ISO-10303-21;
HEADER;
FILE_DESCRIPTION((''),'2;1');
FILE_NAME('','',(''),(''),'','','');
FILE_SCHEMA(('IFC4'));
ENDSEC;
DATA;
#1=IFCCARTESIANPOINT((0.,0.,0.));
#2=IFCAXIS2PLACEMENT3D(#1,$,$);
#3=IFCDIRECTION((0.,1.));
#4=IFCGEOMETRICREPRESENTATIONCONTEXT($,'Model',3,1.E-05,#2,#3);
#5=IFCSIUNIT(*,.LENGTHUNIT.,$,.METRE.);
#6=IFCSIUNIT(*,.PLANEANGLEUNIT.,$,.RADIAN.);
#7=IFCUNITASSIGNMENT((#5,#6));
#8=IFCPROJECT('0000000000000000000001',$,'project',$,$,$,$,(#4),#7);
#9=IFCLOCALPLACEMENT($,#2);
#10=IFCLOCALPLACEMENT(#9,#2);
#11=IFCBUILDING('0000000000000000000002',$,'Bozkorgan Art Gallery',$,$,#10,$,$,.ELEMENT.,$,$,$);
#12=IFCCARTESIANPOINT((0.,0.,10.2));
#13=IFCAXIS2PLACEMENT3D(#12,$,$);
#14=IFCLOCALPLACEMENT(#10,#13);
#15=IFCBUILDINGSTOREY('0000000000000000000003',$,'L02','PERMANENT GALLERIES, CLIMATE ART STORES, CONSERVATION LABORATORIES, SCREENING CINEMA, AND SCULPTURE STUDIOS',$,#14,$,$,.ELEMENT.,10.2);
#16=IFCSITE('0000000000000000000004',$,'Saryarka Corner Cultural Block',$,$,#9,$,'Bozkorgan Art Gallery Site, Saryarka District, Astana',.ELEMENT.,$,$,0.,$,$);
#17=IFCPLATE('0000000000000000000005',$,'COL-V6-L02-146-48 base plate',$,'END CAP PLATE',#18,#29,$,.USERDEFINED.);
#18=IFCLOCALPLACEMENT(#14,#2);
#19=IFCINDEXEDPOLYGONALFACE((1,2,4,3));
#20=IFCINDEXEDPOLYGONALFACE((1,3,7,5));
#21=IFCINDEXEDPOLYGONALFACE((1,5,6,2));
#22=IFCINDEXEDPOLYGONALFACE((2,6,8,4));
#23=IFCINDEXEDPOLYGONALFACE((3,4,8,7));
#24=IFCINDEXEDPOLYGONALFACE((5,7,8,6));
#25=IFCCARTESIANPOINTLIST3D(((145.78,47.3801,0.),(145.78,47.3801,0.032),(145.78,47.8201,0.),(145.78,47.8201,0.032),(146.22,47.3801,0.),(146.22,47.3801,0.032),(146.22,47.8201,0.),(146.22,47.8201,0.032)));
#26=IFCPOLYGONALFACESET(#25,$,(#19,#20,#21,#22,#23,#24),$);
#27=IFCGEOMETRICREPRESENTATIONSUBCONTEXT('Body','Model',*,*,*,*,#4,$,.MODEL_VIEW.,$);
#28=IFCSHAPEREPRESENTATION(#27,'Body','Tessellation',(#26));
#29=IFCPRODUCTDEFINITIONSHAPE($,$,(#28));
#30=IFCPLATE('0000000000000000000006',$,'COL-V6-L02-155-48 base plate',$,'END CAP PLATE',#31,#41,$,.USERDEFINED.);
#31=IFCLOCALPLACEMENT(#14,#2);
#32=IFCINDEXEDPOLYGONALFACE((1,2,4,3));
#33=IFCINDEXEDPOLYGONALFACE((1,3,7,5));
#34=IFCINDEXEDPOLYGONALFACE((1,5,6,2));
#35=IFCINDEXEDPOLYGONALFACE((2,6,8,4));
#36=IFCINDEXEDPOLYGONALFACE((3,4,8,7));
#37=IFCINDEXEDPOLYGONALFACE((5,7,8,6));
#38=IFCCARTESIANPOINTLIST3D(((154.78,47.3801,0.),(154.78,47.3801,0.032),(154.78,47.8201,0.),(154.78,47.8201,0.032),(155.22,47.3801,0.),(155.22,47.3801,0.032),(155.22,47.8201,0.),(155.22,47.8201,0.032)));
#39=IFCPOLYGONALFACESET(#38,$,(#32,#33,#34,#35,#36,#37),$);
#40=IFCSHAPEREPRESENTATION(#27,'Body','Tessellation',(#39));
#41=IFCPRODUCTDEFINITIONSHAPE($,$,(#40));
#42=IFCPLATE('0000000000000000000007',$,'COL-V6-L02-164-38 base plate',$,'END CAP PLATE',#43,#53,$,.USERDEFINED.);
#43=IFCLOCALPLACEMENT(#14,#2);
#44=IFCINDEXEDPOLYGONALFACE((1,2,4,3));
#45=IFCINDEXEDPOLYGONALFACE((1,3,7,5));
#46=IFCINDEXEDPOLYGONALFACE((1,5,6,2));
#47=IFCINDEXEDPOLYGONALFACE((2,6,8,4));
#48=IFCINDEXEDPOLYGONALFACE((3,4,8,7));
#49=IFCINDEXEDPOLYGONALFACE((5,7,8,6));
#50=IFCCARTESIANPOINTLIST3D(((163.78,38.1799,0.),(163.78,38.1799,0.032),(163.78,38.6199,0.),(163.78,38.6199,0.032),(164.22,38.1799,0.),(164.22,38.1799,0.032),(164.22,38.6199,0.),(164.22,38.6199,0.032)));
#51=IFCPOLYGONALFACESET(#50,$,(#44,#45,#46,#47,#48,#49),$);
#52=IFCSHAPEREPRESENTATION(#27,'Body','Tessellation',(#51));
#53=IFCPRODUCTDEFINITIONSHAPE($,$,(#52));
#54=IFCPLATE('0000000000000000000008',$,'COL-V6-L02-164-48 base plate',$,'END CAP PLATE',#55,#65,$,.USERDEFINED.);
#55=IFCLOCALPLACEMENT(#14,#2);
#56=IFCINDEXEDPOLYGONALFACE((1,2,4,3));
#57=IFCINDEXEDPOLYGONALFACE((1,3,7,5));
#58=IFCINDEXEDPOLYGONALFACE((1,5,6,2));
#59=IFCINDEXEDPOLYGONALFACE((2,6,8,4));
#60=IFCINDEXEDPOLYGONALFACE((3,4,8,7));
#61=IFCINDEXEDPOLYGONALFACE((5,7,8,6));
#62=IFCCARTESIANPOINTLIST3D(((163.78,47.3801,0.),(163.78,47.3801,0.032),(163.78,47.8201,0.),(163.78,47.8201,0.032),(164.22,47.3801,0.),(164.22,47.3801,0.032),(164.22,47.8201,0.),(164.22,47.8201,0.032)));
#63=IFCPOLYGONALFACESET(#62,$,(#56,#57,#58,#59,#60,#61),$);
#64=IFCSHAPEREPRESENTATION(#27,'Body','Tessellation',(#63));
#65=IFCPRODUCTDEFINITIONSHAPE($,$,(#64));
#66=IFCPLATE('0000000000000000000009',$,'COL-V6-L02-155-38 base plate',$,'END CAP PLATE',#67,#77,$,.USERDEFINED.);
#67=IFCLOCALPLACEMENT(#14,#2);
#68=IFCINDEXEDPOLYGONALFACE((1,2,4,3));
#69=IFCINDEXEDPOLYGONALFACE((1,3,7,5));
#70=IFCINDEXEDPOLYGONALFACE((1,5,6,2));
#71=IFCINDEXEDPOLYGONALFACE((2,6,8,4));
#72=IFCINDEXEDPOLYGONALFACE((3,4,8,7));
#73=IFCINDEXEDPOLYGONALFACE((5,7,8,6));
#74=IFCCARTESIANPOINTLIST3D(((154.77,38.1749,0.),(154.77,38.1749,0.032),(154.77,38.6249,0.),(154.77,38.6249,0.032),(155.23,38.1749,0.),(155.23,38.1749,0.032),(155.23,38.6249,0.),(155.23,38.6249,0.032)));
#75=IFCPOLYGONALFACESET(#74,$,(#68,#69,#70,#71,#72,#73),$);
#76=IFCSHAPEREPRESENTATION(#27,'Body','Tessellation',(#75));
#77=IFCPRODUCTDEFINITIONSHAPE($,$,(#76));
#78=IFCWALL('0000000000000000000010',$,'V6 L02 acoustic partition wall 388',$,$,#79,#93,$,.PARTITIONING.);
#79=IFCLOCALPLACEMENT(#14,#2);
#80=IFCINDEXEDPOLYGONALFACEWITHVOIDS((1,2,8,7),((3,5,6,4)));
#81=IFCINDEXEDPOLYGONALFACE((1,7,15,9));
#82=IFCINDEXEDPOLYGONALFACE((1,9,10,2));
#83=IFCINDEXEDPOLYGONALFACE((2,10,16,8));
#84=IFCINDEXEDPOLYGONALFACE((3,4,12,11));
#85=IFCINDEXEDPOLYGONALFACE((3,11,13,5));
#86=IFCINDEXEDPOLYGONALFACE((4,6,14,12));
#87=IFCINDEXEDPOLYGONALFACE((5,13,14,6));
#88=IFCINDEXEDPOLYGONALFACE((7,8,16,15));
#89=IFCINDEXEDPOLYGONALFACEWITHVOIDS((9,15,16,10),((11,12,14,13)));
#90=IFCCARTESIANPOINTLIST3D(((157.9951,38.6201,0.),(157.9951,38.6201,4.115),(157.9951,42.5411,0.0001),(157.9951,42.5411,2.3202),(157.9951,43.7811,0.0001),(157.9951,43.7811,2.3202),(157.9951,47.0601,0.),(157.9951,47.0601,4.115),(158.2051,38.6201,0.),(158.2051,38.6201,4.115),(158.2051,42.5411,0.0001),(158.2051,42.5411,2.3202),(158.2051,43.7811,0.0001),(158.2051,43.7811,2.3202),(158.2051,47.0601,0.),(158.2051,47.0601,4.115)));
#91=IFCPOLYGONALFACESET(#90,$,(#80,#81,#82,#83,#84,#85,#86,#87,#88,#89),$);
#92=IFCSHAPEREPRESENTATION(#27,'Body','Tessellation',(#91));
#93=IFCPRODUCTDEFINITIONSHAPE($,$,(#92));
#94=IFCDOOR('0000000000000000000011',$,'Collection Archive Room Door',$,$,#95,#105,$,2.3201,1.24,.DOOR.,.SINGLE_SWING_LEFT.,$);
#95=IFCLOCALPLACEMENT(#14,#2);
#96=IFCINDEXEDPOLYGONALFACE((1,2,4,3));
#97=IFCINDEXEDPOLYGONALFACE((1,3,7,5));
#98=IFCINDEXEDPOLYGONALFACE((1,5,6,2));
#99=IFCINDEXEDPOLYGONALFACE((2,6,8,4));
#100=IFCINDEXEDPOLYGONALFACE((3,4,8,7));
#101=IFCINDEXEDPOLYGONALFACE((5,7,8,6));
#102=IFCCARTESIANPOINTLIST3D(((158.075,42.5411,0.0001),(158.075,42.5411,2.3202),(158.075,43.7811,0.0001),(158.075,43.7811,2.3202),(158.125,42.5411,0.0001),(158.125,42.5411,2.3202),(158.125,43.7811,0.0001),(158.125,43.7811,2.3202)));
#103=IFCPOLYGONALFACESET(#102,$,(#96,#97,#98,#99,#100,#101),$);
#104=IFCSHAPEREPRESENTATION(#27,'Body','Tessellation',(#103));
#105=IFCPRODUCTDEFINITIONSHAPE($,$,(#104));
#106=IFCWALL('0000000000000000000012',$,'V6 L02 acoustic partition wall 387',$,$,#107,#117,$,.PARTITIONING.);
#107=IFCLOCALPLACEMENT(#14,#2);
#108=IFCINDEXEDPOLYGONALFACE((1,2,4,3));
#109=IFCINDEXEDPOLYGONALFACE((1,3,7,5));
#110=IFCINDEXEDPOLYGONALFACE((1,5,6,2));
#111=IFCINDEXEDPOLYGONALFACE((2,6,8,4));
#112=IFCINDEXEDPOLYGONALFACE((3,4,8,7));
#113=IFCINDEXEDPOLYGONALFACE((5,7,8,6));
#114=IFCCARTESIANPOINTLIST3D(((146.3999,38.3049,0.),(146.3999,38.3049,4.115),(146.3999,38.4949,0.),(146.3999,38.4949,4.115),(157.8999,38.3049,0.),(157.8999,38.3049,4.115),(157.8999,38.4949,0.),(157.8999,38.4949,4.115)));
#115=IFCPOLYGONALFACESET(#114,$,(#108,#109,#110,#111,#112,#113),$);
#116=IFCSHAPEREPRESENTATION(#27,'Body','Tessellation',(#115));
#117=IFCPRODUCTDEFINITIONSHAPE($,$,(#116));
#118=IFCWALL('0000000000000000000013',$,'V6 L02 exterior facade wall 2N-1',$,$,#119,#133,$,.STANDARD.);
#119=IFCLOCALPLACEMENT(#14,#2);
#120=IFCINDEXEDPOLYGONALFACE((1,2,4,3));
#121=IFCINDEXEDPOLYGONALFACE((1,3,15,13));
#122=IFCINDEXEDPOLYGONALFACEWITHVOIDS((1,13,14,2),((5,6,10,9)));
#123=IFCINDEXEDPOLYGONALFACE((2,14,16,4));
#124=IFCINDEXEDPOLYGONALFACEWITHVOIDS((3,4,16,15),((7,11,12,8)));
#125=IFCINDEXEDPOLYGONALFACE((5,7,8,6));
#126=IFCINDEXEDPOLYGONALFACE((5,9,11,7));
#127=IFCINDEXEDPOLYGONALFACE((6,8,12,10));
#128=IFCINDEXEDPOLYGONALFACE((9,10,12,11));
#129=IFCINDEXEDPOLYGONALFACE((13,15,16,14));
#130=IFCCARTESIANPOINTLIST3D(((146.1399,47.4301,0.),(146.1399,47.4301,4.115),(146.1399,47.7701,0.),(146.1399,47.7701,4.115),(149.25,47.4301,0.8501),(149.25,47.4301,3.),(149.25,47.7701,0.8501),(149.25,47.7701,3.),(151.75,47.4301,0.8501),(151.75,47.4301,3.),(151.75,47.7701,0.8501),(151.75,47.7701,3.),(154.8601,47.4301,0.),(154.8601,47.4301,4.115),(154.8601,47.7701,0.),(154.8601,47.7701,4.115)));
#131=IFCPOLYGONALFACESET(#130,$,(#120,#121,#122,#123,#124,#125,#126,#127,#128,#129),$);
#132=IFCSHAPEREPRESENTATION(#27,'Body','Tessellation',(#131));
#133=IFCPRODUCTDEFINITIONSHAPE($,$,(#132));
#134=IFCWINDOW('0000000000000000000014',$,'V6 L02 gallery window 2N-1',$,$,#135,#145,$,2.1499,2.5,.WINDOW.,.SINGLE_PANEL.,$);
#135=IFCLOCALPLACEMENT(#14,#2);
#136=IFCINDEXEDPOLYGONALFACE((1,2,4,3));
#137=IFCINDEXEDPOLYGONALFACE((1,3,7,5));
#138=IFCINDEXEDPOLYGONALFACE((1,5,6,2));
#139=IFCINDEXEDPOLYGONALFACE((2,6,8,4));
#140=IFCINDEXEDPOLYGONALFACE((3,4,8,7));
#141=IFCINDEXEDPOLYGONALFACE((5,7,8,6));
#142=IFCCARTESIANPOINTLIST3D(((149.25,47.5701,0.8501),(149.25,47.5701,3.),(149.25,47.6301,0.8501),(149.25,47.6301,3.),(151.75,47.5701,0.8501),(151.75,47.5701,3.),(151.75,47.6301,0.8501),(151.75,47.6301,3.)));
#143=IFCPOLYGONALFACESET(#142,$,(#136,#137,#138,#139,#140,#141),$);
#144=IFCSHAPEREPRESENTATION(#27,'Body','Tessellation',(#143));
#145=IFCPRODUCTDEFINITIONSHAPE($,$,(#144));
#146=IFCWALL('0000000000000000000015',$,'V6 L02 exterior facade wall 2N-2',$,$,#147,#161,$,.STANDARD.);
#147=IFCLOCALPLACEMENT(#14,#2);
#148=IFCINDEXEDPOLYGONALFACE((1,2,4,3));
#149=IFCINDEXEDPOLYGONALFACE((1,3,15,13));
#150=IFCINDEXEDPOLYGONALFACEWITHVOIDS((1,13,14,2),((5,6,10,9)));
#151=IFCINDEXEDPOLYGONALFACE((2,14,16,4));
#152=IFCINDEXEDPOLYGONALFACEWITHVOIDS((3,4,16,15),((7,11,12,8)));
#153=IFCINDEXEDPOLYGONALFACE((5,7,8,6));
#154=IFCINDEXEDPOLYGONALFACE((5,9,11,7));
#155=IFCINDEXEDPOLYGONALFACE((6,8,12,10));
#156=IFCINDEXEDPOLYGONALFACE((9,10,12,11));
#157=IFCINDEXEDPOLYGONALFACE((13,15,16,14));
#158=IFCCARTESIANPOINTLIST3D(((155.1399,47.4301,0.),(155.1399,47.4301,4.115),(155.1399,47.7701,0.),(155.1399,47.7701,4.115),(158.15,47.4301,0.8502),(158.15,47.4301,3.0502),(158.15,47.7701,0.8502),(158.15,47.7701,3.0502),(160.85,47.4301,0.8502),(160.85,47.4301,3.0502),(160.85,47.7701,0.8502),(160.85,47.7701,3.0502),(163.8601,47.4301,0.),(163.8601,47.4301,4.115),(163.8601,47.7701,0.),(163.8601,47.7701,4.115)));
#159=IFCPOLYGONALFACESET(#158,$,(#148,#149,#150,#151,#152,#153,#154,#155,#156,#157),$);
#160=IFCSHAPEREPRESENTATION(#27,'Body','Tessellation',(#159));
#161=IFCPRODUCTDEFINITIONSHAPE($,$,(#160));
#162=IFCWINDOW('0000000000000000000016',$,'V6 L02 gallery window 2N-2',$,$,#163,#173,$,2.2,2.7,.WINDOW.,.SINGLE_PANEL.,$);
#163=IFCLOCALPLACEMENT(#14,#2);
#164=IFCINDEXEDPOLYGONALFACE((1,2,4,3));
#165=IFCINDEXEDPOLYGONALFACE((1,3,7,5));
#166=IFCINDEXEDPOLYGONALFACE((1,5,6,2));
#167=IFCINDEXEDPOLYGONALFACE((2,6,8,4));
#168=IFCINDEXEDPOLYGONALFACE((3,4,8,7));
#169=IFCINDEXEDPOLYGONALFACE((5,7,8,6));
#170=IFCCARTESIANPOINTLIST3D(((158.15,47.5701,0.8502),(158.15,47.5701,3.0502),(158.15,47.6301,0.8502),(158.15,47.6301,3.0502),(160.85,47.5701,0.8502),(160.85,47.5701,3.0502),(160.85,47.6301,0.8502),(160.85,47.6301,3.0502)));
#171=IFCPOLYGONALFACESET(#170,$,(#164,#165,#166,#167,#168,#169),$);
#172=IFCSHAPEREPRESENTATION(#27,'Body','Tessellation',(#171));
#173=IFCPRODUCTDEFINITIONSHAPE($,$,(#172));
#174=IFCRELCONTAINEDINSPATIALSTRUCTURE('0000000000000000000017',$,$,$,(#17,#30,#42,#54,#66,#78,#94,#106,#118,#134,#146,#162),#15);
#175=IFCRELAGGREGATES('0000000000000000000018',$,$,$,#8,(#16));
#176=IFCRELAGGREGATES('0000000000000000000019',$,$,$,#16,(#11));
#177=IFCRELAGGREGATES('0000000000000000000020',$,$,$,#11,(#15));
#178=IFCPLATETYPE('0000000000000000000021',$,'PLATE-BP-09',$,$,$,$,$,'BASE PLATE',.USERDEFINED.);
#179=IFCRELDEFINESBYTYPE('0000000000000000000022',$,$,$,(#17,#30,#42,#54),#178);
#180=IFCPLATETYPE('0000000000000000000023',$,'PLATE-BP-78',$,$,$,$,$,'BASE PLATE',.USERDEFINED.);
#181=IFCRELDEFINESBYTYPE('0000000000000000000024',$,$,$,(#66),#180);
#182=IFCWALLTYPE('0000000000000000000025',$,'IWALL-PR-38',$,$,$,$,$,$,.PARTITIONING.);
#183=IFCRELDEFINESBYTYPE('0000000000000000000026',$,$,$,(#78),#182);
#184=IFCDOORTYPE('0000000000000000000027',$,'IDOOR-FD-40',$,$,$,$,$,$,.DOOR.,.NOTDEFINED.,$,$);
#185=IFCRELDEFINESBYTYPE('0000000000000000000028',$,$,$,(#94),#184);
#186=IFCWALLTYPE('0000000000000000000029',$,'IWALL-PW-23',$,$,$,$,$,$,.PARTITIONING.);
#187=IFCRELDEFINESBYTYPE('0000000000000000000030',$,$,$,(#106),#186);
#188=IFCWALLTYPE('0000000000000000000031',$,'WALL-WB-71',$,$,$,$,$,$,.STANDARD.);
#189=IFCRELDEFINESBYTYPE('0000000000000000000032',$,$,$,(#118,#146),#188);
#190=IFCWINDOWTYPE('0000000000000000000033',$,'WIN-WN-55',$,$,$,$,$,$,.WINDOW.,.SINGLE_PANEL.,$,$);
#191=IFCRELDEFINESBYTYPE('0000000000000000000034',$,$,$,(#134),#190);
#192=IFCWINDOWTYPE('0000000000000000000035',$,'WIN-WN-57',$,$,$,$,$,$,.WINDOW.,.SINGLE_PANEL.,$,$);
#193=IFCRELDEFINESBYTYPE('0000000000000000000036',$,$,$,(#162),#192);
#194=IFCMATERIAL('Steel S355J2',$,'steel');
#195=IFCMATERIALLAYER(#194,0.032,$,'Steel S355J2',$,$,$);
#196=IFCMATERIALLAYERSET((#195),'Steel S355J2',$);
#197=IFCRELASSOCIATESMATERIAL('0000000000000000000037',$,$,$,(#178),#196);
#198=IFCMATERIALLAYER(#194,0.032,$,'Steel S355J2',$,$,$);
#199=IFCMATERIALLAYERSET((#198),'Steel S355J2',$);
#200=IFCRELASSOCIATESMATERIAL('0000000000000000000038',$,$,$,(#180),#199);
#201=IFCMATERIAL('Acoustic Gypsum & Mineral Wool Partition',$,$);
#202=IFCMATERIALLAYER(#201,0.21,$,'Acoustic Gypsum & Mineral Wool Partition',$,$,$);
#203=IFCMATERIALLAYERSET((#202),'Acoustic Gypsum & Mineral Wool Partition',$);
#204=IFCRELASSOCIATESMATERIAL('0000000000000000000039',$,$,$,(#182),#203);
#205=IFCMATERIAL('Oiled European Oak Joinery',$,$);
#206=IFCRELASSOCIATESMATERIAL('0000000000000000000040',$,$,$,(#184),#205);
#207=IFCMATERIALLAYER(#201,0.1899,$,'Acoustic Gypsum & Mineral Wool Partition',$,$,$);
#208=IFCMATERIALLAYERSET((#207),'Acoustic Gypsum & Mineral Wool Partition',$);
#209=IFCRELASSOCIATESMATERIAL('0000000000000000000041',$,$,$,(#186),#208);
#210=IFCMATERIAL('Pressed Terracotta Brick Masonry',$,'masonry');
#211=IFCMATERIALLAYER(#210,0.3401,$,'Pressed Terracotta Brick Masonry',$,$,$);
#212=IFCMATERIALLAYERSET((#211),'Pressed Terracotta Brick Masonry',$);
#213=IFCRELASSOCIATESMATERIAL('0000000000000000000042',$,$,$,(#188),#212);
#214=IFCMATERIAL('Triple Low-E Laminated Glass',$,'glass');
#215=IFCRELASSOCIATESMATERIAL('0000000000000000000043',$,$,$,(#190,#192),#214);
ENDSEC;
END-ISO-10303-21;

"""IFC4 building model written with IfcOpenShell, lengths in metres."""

from ifc_helpers import new_model, si_unit, direction, frame, frame_2d, origin, origin_2d, place, context, subcontext, project, spatial, rectangle, extrude, material, layer, layer_set, type_object, element, fill, save


model = new_model("IFC4")

# Units and contexts
model_context = context("Model", 3, precision=1e-05, world=origin(), true_north=direction((0.0, 1.0)))
body_context = subcontext(model_context, "Body", "Model", "MODEL_VIEW")
ifc_project = project(units=[si_unit("LENGTHUNIT", "METRE"), si_unit("PLANEANGLEUNIT", "RADIAN")], contexts=[model_context])

# Site, building, storey
site_placement = place(None, origin())
site = spatial("IfcSite", under=ifc_project, at=site_placement, Name="Saryarka Corner Cultural Block", LongName="Bozkorgan Art Gallery Site, Saryarka District, Astana", CompositionType="ELEMENT", RefElevation=0.0)
building_placement = place(site_placement, origin())
building = spatial("IfcBuilding", under=site, at=building_placement, Name="Bozkorgan Art Gallery", CompositionType="ELEMENT")
storey_placement = place(building_placement, frame((0.0, 0.0, 10.2)))
storey = spatial("IfcBuildingStorey", under=building, at=storey_placement, Name="L02", Description="PERMANENT GALLERIES, CLIMATE ART STORES, CONSERVATION LABORATORIES, SCREENING CINEMA, AND SCULPTURE STUDIOS", CompositionType="ELEMENT", Elevation=10.2)

# Shared definitions
ifc_material_1 = material(Name="Steel S355J2", Category="steel")

# Plates
ifc_layer_1 = layer(ifc_material_1, 0.032, Name="Steel S355J2")
ifc_layer_set_1 = layer_set([ifc_layer_1], Name="Steel S355J2")
plate_type_1 = type_object("IfcPlateType", Name="PLATE-BP-09", ElementType="BASE PLATE", PredefinedType="USERDEFINED", material=ifc_layer_set_1)
for number, where, z_axis, x_axis, name in (
    (1, (146.0, 47.6001, 0.0), (0.0, 0.0, 1.0), (1.0, 0.0, 0.0), "COL-V6-L02-146-48 base plate"),
    (2, (155.0, 47.6001, 0.0), (0.0, 0.0, 1.0), (1.0, 0.0, 0.0), "COL-V6-L02-155-48 base plate"),
    (3, (164.0, 38.3999, 0.0), (0.0, 0.0, 1.0), (1.0, 0.0, 0.0), "COL-V6-L02-164-38 base plate"),
    (4, (164.0, 47.6001, 0.0), (0.0, 0.0, 1.0), (1.0, 0.0, 0.0), "COL-V6-L02-164-48 base plate"),
):
    element("IfcPlate", number, at=place(storey_placement, frame(where, z_axis=z_axis, x_axis=x_axis)), inside=storey, type_object=plate_type_1, Name=name, ObjectType="END CAP PLATE", PredefinedType="USERDEFINED", context=body_context, shape_type="SweptSolid", body=[
        extrude(rectangle(XDim=0.4399, YDim=0.4399, at=origin_2d()), origin(), (0.0, 0.0, 1.0), 0.032),
    ])
ifc_layer_2 = layer(ifc_material_1, 0.032, Name="Steel S355J2")
ifc_layer_set_2 = layer_set([ifc_layer_2], Name="Steel S355J2")
plate_type_2 = type_object("IfcPlateType", Name="PLATE-BP-78", ElementType="BASE PLATE", PredefinedType="USERDEFINED", material=ifc_layer_set_2)
plate_placement = place(storey_placement, frame((155.0, 38.3999, 0.0), z_axis=(0.0, 0.0, 1.0), x_axis=(1.0, 0.0, 0.0)))
element("IfcPlate", 5, at=plate_placement, inside=storey, type_object=plate_type_2, Name="COL-V6-L02-155-38 base plate", ObjectType="END CAP PLATE", PredefinedType="USERDEFINED", context=body_context, shape_type="SweptSolid", body=[
    extrude(rectangle(XDim=0.46, YDim=0.45, at=origin_2d()), origin(), (0.0, 0.0, 1.0), 0.032),
])

# Wall, opening, door
ifc_material_2 = material(Name="Acoustic Gypsum & Mineral Wool Partition")
ifc_layer_3 = layer(ifc_material_2, 0.21, Name="Acoustic Gypsum & Mineral Wool Partition")
ifc_layer_set_3 = layer_set([ifc_layer_3], Name="Acoustic Gypsum & Mineral Wool Partition")
wall_type_1 = type_object("IfcWallType", Name="IWALL-PR-38", PredefinedType="PARTITIONING", material=ifc_layer_set_3)
wall_1_placement = place(storey_placement, frame((158.1001, 38.6201, 0.0), z_axis=(0.0, 0.0, 1.0), x_axis=(0.0, 1.0, 0.0)))
wall_1 = element("IfcWall", 6, at=wall_1_placement, inside=storey, type_object=wall_type_1, Name="V6 L02 acoustic partition wall 388", PredefinedType="PARTITIONING", context=body_context, shape_type="SweptSolid", body=[
    extrude(rectangle(XDim=8.4399, YDim=0.21, at=frame_2d((4.22, 0.0))), origin(), (0.0, 0.0, 1.0), 4.115),
])
opening_1_placement = place(wall_1_placement, frame((5.1611, 0.0, 0.0), z_axis=(0.0, 0.0, 1.0), x_axis=(-1.0, 0.0, 0.0)))
opening_1 = element("IfcOpeningElement", 7, at=opening_1_placement, cuts=wall_1, PredefinedType="OPENING", context=body_context, shape_type="SweptSolid", body=[
    extrude(rectangle(XDim=1.24, YDim=2.3201, at=frame_2d((0.6201, 1.1602))), frame((0.0, 0.115, 0.0), z_axis=(0.0, -1.0, 0.0), x_axis=(1.0, 0.0, 0.0)), (0.0, 0.0, 1.0), 0.23),
])
ifc_material_3 = material(Name="Oiled European Oak Joinery")
door_type = type_object("IfcDoorType", Name="IDOOR-FD-40", OperationType="NOTDEFINED", PredefinedType="DOOR", material=ifc_material_3)
door_placement = place(opening_1_placement, origin())
door = element("IfcDoor", 8, at=door_placement, inside=storey, type_object=door_type, Name="Collection Archive Room Door", OperationType="SINGLE_SWING_LEFT", OverallHeight=2.3201, OverallWidth=1.24, PredefinedType="DOOR", context=body_context, shape_type="SweptSolid", body=[
    extrude(rectangle(XDim=1.24, YDim=2.3201, at=frame_2d((0.6201, 1.1602))), frame((0.0, 0.0249, 0.0), z_axis=(0.0, -1.0, 0.0), x_axis=(1.0, 0.0, 0.0)), (0.0, 0.0, 1.0), 0.05),
])
fill(opening_1, door)

# Wall
ifc_layer_4 = layer(ifc_material_2, 0.1899, Name="Acoustic Gypsum & Mineral Wool Partition")
ifc_layer_set_4 = layer_set([ifc_layer_4], Name="Acoustic Gypsum & Mineral Wool Partition")
wall_type_2 = type_object("IfcWallType", Name="IWALL-PW-23", PredefinedType="PARTITIONING", material=ifc_layer_set_4)
wall_2_placement = place(storey_placement, frame((146.3999, 38.3999, 0.0), z_axis=(0.0, 0.0, 1.0), x_axis=(1.0, 0.0, 0.0)))
element("IfcWall", 9, at=wall_2_placement, inside=storey, type_object=wall_type_2, Name="V6 L02 acoustic partition wall 387", PredefinedType="PARTITIONING", context=body_context, shape_type="SweptSolid", body=[
    extrude(rectangle(XDim=11.5, YDim=0.1899, at=frame_2d((5.75, 0.0))), origin(), (0.0, 0.0, 1.0), 4.115),
])

# Walls, openings, windows
ifc_material_4 = material(Name="Pressed Terracotta Brick Masonry", Category="masonry")
ifc_layer_5 = layer(ifc_material_4, 0.3401, Name="Pressed Terracotta Brick Masonry")
ifc_layer_set_5 = layer_set([ifc_layer_5], Name="Pressed Terracotta Brick Masonry")
wall_type_3 = type_object("IfcWallType", Name="WALL-WB-71", PredefinedType="STANDARD", material=ifc_layer_set_5)
wall_3_placement = place(storey_placement, frame((146.1399, 47.6001, 0.0), z_axis=(0.0, 0.0, 1.0), x_axis=(1.0, 0.0, 0.0)))
wall_3 = element("IfcWall", 10, at=wall_3_placement, inside=storey, type_object=wall_type_3, Name="V6 L02 exterior facade wall 2N-1", PredefinedType="STANDARD", context=body_context, shape_type="SweptSolid", body=[
    extrude(rectangle(XDim=8.7202, YDim=0.3401, at=frame_2d((4.3601, 0.0))), origin(), (0.0, 0.0, 1.0), 4.115),
])
opening_2_placement = place(wall_3_placement, frame((3.1101, 0.0, 0.8501)))
opening_2 = element("IfcOpeningElement", 11, at=opening_2_placement, cuts=wall_3, PredefinedType="OPENING", context=body_context, shape_type="SweptSolid", body=[
    extrude(rectangle(XDim=2.5, YDim=2.1499, at=frame_2d((1.25, 1.075))), frame((0.0, 0.1802, 0.0), z_axis=(0.0, -1.0, 0.0), x_axis=(1.0, 0.0, 0.0)), (0.0, 0.0, 1.0), 0.3601),
])
ifc_material_5 = material(Name="Triple Low-E Laminated Glass", Category="glass")
window_type_1 = type_object("IfcWindowType", Name="WIN-WN-55", PartitioningType="SINGLE_PANEL", PredefinedType="WINDOW", material=ifc_material_5)
window_1_placement = place(opening_2_placement, origin())
window_1 = element("IfcWindow", 12, at=window_1_placement, inside=storey, type_object=window_type_1, Name="V6 L02 gallery window 2N-1", OverallHeight=2.1499, OverallWidth=2.5, PartitioningType="SINGLE_PANEL", PredefinedType="WINDOW", context=body_context, shape_type="SweptSolid", body=[
    extrude(rectangle(XDim=2.5, YDim=2.1499, at=frame_2d((1.25, 1.075))), frame((0.0, 0.03, 0.0), z_axis=(0.0, -1.0, 0.0), x_axis=(1.0, 0.0, 0.0)), (0.0, 0.0, 1.0), 0.0601),
])
fill(opening_2, window_1)
wall_4_placement = place(storey_placement, frame((155.1399, 47.6001, 0.0), z_axis=(0.0, 0.0, 1.0), x_axis=(1.0, 0.0, 0.0)))
wall_4 = element("IfcWall", 13, at=wall_4_placement, inside=storey, type_object=wall_type_3, Name="V6 L02 exterior facade wall 2N-2", PredefinedType="STANDARD", context=body_context, shape_type="SweptSolid", body=[
    extrude(rectangle(XDim=8.7202, YDim=0.3401, at=frame_2d((4.3601, 0.0))), origin(), (0.0, 0.0, 1.0), 4.115),
])
opening_3_placement = place(wall_4_placement, frame((3.01, 0.0, 0.8501)))
opening_3 = element("IfcOpeningElement", 14, at=opening_3_placement, cuts=wall_4, PredefinedType="OPENING", context=body_context, shape_type="SweptSolid", body=[
    extrude(rectangle(XDim=2.7, YDim=2.2, at=frame_2d((1.3501, 1.1001))), frame((0.0, 0.1802, 0.0), z_axis=(0.0, -1.0, 0.0), x_axis=(1.0, 0.0, 0.0)), (0.0, 0.0, 1.0), 0.3601),
])
window_type_2 = type_object("IfcWindowType", Name="WIN-WN-57", PartitioningType="SINGLE_PANEL", PredefinedType="WINDOW", material=ifc_material_5)
window_2_placement = place(opening_3_placement, origin())
window_2 = element("IfcWindow", 15, at=window_2_placement, inside=storey, type_object=window_type_2, Name="V6 L02 gallery window 2N-2", OverallHeight=2.2, OverallWidth=2.7, PartitioningType="SINGLE_PANEL", PredefinedType="WINDOW", context=body_context, shape_type="SweptSolid", body=[
    extrude(rectangle(XDim=2.7, YDim=2.2, at=frame_2d((1.3501, 1.1001))), frame((0.0, 0.03, 0.0), z_axis=(0.0, -1.0, 0.0), x_axis=(1.0, 0.0, 0.0)), (0.0, 0.0, 1.0), 0.0601),
])
fill(opening_3, window_2)

save(model, "model.ifc")
